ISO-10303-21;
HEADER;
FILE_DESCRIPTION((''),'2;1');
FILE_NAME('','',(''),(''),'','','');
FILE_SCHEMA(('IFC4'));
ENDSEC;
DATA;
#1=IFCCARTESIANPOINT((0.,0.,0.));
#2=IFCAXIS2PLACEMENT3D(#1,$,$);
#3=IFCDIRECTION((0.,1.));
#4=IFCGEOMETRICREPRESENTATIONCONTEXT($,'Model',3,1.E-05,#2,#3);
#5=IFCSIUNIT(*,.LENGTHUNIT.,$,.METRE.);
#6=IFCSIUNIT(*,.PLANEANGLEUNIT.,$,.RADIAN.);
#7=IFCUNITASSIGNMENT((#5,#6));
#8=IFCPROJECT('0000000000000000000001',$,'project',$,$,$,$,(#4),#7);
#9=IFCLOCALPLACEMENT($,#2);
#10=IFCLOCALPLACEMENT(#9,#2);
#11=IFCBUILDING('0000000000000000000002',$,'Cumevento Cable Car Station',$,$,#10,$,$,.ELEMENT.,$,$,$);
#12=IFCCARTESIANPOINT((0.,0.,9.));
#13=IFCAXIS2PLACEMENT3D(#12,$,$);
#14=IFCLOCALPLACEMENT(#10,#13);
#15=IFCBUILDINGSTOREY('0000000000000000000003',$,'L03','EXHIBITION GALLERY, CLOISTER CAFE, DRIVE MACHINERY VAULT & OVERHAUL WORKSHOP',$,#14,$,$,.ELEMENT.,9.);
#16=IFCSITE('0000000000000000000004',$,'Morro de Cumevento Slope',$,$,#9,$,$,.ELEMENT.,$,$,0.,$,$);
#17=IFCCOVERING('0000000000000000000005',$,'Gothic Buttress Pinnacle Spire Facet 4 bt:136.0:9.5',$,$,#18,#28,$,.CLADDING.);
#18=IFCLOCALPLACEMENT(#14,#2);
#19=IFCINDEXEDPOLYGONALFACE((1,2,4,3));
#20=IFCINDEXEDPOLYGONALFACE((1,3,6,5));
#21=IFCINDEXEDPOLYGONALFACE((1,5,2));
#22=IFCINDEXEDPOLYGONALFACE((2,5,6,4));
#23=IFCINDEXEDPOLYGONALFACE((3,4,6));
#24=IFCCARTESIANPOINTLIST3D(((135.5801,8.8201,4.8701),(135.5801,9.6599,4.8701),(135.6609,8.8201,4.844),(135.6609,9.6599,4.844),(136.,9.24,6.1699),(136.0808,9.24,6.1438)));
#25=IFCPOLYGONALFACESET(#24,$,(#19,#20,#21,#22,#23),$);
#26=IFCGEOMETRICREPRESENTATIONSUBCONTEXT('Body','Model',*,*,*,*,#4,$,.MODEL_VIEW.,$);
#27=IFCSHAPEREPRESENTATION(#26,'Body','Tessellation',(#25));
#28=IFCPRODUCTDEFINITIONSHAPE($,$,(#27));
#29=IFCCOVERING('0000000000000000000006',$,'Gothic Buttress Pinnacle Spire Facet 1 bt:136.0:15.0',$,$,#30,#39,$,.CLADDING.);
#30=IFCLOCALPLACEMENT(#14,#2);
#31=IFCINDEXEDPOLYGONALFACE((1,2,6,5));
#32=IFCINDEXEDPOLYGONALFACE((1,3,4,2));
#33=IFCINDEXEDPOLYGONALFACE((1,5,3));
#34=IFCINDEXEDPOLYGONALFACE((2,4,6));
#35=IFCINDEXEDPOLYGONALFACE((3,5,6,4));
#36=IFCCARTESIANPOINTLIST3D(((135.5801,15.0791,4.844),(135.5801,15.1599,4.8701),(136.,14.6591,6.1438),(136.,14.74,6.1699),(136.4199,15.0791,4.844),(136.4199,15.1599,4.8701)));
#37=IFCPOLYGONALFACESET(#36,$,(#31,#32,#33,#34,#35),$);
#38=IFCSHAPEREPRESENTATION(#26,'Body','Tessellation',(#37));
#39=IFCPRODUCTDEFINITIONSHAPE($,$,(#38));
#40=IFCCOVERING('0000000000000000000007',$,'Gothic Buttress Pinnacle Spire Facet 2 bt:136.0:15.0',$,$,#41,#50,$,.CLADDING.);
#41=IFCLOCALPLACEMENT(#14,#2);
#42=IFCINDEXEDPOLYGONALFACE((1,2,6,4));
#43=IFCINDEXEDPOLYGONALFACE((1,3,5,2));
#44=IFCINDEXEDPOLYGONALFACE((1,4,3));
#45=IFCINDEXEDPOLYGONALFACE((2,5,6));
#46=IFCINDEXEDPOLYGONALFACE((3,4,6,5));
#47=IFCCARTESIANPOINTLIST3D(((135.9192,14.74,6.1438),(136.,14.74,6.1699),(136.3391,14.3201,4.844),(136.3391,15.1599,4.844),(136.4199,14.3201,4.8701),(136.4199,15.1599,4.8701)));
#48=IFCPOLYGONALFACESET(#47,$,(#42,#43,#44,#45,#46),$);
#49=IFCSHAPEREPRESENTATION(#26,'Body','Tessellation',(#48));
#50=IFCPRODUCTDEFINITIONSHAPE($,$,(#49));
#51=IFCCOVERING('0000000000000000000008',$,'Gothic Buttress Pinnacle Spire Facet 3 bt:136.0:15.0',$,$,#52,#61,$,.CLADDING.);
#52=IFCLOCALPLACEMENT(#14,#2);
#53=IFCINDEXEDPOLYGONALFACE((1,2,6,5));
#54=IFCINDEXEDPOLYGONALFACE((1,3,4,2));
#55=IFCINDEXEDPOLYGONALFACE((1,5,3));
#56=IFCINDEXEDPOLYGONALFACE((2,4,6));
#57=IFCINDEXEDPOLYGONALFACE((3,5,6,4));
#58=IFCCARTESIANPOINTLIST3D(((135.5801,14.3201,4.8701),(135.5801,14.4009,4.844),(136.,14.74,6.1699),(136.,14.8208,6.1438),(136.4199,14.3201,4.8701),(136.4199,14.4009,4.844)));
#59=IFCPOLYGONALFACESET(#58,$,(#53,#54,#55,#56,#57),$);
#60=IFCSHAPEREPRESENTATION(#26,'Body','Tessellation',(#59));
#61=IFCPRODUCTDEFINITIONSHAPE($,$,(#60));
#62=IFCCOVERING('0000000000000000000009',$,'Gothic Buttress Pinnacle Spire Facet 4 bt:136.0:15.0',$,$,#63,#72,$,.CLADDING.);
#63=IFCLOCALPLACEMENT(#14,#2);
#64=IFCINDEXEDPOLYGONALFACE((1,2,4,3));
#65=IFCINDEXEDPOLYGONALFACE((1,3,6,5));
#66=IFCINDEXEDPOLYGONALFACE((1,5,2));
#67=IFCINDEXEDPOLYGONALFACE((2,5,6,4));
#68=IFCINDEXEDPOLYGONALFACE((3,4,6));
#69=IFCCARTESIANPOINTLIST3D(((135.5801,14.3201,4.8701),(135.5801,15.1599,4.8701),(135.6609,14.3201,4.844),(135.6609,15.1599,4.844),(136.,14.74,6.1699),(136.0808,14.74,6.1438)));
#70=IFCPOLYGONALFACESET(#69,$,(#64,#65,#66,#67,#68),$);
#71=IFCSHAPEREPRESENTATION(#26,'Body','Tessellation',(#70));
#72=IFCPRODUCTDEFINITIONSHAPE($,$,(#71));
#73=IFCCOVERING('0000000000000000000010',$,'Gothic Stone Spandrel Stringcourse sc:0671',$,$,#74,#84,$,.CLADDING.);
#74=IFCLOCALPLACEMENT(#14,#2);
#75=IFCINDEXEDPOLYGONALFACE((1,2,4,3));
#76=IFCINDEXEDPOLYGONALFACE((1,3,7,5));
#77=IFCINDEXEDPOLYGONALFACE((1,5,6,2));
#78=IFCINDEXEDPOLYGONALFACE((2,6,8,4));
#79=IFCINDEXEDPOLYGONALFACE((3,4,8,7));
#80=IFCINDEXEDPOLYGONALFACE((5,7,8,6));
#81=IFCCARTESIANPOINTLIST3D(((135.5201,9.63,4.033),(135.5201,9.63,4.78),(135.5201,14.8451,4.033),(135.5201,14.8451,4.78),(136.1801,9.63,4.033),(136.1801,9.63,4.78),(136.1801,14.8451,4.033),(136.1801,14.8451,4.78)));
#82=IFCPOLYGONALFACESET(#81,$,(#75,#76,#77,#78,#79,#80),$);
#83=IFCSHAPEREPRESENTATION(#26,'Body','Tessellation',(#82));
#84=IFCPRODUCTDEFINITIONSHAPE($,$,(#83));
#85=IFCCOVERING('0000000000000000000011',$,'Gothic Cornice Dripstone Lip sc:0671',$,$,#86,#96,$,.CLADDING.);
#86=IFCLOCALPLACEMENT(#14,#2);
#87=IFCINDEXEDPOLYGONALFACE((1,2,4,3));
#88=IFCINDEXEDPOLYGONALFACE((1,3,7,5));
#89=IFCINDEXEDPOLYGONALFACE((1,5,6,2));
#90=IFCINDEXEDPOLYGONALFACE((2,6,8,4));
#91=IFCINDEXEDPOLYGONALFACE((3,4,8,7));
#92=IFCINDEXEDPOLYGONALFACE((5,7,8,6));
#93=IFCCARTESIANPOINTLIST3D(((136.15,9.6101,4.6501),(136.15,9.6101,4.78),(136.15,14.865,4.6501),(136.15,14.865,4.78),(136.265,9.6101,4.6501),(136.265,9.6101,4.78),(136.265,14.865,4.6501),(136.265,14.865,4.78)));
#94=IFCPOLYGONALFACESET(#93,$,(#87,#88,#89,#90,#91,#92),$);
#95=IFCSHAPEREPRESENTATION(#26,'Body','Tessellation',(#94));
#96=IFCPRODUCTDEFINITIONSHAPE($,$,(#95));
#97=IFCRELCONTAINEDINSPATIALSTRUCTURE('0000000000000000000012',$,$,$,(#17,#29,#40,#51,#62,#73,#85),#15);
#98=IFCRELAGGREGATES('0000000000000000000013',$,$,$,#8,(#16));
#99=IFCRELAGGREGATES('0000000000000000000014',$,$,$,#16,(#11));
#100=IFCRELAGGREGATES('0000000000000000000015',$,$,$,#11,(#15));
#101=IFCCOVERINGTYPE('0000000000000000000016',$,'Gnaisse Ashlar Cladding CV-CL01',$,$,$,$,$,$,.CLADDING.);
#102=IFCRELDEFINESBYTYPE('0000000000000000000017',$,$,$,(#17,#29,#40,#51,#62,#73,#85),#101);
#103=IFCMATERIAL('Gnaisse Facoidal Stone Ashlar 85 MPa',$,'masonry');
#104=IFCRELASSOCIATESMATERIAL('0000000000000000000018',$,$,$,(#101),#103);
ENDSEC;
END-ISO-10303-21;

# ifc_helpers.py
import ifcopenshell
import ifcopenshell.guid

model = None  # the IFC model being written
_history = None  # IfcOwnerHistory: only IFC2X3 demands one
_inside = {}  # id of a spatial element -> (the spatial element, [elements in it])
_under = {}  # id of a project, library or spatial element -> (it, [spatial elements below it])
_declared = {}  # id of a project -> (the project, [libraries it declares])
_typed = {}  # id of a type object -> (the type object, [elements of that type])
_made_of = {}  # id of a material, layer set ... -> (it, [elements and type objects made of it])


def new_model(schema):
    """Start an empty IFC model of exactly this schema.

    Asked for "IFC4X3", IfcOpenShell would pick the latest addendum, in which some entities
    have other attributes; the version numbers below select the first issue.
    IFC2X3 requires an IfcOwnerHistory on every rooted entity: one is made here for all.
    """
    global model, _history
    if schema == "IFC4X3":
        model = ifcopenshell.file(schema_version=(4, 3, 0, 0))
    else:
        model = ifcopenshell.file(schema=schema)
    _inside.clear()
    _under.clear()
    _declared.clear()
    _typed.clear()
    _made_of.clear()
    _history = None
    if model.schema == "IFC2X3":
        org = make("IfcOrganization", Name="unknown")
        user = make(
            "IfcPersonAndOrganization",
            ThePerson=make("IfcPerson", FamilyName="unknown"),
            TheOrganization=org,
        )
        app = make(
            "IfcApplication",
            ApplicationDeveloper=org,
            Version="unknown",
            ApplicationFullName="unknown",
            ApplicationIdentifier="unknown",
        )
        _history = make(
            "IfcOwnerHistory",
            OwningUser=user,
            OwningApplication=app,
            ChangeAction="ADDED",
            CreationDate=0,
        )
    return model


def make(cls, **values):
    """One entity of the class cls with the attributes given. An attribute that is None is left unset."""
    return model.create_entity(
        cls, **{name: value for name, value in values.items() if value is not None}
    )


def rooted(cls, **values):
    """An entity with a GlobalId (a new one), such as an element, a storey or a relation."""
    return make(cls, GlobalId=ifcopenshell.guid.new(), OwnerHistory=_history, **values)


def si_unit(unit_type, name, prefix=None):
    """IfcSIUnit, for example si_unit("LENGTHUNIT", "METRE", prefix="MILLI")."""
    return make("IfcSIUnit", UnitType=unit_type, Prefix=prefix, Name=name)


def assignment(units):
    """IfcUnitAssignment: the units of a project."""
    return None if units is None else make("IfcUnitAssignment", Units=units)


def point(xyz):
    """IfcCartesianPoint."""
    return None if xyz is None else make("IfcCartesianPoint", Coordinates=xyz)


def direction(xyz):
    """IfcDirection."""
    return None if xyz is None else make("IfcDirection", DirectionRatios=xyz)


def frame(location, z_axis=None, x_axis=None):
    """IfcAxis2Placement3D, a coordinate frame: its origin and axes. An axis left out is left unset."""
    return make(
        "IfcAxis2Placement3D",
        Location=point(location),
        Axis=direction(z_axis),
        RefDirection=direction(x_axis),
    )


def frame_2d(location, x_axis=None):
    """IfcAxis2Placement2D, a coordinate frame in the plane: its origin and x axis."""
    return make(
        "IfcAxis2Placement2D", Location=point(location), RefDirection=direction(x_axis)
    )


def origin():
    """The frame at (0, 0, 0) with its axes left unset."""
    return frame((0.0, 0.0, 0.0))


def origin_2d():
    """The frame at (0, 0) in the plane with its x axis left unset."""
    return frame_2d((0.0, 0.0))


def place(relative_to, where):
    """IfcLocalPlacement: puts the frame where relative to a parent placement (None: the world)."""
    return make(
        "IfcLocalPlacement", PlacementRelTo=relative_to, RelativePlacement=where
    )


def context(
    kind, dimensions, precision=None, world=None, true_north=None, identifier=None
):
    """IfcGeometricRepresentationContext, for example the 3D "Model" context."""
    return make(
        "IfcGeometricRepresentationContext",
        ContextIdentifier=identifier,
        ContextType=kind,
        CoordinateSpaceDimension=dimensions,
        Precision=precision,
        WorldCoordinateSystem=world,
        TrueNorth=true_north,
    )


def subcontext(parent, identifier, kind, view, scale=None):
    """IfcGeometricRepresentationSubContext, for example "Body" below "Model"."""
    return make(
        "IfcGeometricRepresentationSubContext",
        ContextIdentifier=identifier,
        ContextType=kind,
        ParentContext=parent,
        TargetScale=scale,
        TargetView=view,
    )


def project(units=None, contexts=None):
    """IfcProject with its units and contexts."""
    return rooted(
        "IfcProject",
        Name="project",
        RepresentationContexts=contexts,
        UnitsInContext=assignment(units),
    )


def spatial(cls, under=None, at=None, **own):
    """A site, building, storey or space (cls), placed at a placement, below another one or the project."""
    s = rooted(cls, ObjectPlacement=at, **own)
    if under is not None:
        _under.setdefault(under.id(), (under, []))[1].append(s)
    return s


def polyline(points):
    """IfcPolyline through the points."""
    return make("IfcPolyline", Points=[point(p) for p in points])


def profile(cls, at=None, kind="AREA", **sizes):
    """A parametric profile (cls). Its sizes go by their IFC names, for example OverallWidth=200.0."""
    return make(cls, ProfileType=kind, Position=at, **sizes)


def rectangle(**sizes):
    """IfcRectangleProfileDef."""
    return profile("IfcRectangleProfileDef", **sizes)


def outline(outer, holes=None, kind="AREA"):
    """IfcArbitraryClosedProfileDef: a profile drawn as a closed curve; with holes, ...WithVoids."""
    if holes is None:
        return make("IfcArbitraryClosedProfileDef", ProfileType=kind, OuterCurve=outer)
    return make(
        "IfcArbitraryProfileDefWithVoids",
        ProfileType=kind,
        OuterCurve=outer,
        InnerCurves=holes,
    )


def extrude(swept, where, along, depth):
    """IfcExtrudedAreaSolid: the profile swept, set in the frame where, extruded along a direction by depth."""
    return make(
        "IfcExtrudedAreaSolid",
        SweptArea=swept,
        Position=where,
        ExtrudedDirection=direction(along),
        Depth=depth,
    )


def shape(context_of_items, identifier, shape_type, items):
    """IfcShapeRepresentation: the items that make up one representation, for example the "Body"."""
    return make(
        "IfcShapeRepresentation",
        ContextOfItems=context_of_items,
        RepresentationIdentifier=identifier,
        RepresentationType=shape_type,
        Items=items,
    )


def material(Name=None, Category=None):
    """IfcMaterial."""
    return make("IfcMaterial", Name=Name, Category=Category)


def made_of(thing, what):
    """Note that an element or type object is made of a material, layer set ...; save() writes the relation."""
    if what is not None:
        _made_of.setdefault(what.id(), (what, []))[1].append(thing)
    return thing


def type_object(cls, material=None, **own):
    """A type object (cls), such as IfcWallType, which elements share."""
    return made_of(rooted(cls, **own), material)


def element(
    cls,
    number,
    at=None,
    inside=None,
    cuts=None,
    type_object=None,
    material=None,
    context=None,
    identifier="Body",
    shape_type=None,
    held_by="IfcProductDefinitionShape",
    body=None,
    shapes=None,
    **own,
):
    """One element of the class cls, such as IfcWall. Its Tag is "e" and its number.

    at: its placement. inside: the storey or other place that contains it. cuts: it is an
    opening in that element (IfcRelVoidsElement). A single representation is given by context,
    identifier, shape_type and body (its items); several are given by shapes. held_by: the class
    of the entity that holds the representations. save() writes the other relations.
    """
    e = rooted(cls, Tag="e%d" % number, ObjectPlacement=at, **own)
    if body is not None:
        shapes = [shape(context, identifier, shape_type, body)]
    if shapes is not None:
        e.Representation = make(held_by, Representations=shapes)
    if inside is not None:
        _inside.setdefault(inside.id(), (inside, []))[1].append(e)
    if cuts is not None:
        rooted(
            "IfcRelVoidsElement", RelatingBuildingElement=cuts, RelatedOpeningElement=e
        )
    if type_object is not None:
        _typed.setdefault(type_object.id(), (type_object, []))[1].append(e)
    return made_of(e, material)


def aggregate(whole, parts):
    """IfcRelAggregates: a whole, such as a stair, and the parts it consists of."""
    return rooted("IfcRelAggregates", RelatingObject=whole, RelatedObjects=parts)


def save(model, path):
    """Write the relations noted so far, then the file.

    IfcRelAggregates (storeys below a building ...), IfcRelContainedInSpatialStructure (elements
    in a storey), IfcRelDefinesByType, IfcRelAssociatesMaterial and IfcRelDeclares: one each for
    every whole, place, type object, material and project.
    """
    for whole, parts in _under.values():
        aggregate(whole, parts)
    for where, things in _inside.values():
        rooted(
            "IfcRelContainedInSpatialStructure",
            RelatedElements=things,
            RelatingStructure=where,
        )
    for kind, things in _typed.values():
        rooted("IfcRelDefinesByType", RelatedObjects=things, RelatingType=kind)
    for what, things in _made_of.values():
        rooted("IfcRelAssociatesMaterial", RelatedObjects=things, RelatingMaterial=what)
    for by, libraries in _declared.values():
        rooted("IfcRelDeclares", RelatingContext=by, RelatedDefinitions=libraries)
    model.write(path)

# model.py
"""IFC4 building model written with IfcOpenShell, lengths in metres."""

from ifc_helpers import new_model, si_unit, direction, frame, origin, origin_2d, place, context, subcontext, project, spatial, polyline, rectangle, outline, extrude, material, type_object, element, save


model = new_model("IFC4")

# Units and contexts
model_context = context("Model", 3, precision=1e-05, world=origin(), true_north=direction((0.0, 1.0)))
body_context = subcontext(model_context, "Body", "Model", "MODEL_VIEW")
ifc_project = project(units=[si_unit("LENGTHUNIT", "METRE"), si_unit("PLANEANGLEUNIT", "RADIAN")], contexts=[model_context])

# Site, building, storey
site_placement = place(None, origin())
site = spatial("IfcSite", under=ifc_project, at=site_placement, Name="Morro de Cumevento Slope", CompositionType="ELEMENT", RefElevation=0.0)
building_placement = place(site_placement, origin())
building = spatial("IfcBuilding", under=site, at=building_placement, Name="Cumevento Cable Car Station", CompositionType="ELEMENT")
storey_placement = place(building_placement, frame((0.0, 0.0, 9.0)))
storey = spatial("IfcBuildingStorey", under=building, at=storey_placement, Name="L03", Description="EXHIBITION GALLERY, CLOISTER CAFE, DRIVE MACHINERY VAULT & OVERHAUL WORKSHOP", CompositionType="ELEMENT", Elevation=9.0)

# Coverings
ifc_material_1 = material(Name="Gnaisse Facoidal Stone Ashlar 85 MPa", Category="masonry")
covering_type = type_object("IfcCoveringType", Name="Gnaisse Ashlar Cladding CV-CL01", PredefinedType="CLADDING", material=ifc_material_1)
for number, where, z_axis, x_axis, name in (
    (1, (135.5801, 8.8201, 4.8701), (-0.951574, 0.0, 0.307421), (0.0, 1.0, 0.0), "Gothic Buttress Pinnacle Spire Facet 4 bt:136.0:9.5"),
    (2, (135.5801, 15.1599, 4.8701), (0.0, 0.951574, 0.307421), (1.0, 0.0, 0.0), "Gothic Buttress Pinnacle Spire Facet 1 bt:136.0:15.0"),
    (3, (136.4199, 15.1599, 4.8701), (0.951574, 0.0, 0.307421), (0.0, -1.0, 0.0), "Gothic Buttress Pinnacle Spire Facet 2 bt:136.0:15.0"),
    (4, (136.4199, 14.3201, 4.8701), (0.0, -0.951574, 0.307421), (-1.0, 0.0, 0.0), "Gothic Buttress Pinnacle Spire Facet 3 bt:136.0:15.0"),
    (5, (135.5801, 14.3201, 4.8701), (-0.951574, 0.0, 0.307421), (0.0, 1.0, 0.0), "Gothic Buttress Pinnacle Spire Facet 4 bt:136.0:15.0"),
):
    element("IfcCovering", number, at=place(storey_placement, frame(where, z_axis=z_axis, x_axis=x_axis)), inside=storey, type_object=covering_type, Name=name, PredefinedType="CLADDING", context=body_context, shape_type="SweptSolid", body=[
        extrude(outline(polyline([(0.0, 0.0), (0.8398, 0.0), (0.4199, -1.366), (0.0, 0.0)])), origin(), (0.0, 0.0, -1.0), 0.085),
    ])
covering_1_placement = place(storey_placement, frame((135.8501, 12.2375, 4.033), z_axis=(0.0, 0.0, 1.0), x_axis=(0.0, -1.0, 0.0)))
element("IfcCovering", 6, at=covering_1_placement, inside=storey, type_object=covering_type, Name="Gothic Stone Spandrel Stringcourse sc:0671", PredefinedType="CLADDING", context=body_context, shape_type="SweptSolid", body=[
    extrude(rectangle(XDim=5.2151, YDim=0.6599, at=origin_2d()), origin(), (0.0, 0.0, 1.0), 0.7471),
])
covering_2_placement = place(storey_placement, frame((136.2075, 12.2375, 4.6501), z_axis=(0.0, 0.0, 1.0), x_axis=(0.0, -1.0, 0.0)))
element("IfcCovering", 7, at=covering_2_placement, inside=storey, type_object=covering_type, Name="Gothic Cornice Dripstone Lip sc:0671", PredefinedType="CLADDING", context=body_context, shape_type="SweptSolid", body=[
    extrude(rectangle(XDim=5.2549, YDim=0.115, at=origin_2d()), origin(), (0.0, 0.0, 1.0), 0.1299),
])

save(model, "model.ifc")
